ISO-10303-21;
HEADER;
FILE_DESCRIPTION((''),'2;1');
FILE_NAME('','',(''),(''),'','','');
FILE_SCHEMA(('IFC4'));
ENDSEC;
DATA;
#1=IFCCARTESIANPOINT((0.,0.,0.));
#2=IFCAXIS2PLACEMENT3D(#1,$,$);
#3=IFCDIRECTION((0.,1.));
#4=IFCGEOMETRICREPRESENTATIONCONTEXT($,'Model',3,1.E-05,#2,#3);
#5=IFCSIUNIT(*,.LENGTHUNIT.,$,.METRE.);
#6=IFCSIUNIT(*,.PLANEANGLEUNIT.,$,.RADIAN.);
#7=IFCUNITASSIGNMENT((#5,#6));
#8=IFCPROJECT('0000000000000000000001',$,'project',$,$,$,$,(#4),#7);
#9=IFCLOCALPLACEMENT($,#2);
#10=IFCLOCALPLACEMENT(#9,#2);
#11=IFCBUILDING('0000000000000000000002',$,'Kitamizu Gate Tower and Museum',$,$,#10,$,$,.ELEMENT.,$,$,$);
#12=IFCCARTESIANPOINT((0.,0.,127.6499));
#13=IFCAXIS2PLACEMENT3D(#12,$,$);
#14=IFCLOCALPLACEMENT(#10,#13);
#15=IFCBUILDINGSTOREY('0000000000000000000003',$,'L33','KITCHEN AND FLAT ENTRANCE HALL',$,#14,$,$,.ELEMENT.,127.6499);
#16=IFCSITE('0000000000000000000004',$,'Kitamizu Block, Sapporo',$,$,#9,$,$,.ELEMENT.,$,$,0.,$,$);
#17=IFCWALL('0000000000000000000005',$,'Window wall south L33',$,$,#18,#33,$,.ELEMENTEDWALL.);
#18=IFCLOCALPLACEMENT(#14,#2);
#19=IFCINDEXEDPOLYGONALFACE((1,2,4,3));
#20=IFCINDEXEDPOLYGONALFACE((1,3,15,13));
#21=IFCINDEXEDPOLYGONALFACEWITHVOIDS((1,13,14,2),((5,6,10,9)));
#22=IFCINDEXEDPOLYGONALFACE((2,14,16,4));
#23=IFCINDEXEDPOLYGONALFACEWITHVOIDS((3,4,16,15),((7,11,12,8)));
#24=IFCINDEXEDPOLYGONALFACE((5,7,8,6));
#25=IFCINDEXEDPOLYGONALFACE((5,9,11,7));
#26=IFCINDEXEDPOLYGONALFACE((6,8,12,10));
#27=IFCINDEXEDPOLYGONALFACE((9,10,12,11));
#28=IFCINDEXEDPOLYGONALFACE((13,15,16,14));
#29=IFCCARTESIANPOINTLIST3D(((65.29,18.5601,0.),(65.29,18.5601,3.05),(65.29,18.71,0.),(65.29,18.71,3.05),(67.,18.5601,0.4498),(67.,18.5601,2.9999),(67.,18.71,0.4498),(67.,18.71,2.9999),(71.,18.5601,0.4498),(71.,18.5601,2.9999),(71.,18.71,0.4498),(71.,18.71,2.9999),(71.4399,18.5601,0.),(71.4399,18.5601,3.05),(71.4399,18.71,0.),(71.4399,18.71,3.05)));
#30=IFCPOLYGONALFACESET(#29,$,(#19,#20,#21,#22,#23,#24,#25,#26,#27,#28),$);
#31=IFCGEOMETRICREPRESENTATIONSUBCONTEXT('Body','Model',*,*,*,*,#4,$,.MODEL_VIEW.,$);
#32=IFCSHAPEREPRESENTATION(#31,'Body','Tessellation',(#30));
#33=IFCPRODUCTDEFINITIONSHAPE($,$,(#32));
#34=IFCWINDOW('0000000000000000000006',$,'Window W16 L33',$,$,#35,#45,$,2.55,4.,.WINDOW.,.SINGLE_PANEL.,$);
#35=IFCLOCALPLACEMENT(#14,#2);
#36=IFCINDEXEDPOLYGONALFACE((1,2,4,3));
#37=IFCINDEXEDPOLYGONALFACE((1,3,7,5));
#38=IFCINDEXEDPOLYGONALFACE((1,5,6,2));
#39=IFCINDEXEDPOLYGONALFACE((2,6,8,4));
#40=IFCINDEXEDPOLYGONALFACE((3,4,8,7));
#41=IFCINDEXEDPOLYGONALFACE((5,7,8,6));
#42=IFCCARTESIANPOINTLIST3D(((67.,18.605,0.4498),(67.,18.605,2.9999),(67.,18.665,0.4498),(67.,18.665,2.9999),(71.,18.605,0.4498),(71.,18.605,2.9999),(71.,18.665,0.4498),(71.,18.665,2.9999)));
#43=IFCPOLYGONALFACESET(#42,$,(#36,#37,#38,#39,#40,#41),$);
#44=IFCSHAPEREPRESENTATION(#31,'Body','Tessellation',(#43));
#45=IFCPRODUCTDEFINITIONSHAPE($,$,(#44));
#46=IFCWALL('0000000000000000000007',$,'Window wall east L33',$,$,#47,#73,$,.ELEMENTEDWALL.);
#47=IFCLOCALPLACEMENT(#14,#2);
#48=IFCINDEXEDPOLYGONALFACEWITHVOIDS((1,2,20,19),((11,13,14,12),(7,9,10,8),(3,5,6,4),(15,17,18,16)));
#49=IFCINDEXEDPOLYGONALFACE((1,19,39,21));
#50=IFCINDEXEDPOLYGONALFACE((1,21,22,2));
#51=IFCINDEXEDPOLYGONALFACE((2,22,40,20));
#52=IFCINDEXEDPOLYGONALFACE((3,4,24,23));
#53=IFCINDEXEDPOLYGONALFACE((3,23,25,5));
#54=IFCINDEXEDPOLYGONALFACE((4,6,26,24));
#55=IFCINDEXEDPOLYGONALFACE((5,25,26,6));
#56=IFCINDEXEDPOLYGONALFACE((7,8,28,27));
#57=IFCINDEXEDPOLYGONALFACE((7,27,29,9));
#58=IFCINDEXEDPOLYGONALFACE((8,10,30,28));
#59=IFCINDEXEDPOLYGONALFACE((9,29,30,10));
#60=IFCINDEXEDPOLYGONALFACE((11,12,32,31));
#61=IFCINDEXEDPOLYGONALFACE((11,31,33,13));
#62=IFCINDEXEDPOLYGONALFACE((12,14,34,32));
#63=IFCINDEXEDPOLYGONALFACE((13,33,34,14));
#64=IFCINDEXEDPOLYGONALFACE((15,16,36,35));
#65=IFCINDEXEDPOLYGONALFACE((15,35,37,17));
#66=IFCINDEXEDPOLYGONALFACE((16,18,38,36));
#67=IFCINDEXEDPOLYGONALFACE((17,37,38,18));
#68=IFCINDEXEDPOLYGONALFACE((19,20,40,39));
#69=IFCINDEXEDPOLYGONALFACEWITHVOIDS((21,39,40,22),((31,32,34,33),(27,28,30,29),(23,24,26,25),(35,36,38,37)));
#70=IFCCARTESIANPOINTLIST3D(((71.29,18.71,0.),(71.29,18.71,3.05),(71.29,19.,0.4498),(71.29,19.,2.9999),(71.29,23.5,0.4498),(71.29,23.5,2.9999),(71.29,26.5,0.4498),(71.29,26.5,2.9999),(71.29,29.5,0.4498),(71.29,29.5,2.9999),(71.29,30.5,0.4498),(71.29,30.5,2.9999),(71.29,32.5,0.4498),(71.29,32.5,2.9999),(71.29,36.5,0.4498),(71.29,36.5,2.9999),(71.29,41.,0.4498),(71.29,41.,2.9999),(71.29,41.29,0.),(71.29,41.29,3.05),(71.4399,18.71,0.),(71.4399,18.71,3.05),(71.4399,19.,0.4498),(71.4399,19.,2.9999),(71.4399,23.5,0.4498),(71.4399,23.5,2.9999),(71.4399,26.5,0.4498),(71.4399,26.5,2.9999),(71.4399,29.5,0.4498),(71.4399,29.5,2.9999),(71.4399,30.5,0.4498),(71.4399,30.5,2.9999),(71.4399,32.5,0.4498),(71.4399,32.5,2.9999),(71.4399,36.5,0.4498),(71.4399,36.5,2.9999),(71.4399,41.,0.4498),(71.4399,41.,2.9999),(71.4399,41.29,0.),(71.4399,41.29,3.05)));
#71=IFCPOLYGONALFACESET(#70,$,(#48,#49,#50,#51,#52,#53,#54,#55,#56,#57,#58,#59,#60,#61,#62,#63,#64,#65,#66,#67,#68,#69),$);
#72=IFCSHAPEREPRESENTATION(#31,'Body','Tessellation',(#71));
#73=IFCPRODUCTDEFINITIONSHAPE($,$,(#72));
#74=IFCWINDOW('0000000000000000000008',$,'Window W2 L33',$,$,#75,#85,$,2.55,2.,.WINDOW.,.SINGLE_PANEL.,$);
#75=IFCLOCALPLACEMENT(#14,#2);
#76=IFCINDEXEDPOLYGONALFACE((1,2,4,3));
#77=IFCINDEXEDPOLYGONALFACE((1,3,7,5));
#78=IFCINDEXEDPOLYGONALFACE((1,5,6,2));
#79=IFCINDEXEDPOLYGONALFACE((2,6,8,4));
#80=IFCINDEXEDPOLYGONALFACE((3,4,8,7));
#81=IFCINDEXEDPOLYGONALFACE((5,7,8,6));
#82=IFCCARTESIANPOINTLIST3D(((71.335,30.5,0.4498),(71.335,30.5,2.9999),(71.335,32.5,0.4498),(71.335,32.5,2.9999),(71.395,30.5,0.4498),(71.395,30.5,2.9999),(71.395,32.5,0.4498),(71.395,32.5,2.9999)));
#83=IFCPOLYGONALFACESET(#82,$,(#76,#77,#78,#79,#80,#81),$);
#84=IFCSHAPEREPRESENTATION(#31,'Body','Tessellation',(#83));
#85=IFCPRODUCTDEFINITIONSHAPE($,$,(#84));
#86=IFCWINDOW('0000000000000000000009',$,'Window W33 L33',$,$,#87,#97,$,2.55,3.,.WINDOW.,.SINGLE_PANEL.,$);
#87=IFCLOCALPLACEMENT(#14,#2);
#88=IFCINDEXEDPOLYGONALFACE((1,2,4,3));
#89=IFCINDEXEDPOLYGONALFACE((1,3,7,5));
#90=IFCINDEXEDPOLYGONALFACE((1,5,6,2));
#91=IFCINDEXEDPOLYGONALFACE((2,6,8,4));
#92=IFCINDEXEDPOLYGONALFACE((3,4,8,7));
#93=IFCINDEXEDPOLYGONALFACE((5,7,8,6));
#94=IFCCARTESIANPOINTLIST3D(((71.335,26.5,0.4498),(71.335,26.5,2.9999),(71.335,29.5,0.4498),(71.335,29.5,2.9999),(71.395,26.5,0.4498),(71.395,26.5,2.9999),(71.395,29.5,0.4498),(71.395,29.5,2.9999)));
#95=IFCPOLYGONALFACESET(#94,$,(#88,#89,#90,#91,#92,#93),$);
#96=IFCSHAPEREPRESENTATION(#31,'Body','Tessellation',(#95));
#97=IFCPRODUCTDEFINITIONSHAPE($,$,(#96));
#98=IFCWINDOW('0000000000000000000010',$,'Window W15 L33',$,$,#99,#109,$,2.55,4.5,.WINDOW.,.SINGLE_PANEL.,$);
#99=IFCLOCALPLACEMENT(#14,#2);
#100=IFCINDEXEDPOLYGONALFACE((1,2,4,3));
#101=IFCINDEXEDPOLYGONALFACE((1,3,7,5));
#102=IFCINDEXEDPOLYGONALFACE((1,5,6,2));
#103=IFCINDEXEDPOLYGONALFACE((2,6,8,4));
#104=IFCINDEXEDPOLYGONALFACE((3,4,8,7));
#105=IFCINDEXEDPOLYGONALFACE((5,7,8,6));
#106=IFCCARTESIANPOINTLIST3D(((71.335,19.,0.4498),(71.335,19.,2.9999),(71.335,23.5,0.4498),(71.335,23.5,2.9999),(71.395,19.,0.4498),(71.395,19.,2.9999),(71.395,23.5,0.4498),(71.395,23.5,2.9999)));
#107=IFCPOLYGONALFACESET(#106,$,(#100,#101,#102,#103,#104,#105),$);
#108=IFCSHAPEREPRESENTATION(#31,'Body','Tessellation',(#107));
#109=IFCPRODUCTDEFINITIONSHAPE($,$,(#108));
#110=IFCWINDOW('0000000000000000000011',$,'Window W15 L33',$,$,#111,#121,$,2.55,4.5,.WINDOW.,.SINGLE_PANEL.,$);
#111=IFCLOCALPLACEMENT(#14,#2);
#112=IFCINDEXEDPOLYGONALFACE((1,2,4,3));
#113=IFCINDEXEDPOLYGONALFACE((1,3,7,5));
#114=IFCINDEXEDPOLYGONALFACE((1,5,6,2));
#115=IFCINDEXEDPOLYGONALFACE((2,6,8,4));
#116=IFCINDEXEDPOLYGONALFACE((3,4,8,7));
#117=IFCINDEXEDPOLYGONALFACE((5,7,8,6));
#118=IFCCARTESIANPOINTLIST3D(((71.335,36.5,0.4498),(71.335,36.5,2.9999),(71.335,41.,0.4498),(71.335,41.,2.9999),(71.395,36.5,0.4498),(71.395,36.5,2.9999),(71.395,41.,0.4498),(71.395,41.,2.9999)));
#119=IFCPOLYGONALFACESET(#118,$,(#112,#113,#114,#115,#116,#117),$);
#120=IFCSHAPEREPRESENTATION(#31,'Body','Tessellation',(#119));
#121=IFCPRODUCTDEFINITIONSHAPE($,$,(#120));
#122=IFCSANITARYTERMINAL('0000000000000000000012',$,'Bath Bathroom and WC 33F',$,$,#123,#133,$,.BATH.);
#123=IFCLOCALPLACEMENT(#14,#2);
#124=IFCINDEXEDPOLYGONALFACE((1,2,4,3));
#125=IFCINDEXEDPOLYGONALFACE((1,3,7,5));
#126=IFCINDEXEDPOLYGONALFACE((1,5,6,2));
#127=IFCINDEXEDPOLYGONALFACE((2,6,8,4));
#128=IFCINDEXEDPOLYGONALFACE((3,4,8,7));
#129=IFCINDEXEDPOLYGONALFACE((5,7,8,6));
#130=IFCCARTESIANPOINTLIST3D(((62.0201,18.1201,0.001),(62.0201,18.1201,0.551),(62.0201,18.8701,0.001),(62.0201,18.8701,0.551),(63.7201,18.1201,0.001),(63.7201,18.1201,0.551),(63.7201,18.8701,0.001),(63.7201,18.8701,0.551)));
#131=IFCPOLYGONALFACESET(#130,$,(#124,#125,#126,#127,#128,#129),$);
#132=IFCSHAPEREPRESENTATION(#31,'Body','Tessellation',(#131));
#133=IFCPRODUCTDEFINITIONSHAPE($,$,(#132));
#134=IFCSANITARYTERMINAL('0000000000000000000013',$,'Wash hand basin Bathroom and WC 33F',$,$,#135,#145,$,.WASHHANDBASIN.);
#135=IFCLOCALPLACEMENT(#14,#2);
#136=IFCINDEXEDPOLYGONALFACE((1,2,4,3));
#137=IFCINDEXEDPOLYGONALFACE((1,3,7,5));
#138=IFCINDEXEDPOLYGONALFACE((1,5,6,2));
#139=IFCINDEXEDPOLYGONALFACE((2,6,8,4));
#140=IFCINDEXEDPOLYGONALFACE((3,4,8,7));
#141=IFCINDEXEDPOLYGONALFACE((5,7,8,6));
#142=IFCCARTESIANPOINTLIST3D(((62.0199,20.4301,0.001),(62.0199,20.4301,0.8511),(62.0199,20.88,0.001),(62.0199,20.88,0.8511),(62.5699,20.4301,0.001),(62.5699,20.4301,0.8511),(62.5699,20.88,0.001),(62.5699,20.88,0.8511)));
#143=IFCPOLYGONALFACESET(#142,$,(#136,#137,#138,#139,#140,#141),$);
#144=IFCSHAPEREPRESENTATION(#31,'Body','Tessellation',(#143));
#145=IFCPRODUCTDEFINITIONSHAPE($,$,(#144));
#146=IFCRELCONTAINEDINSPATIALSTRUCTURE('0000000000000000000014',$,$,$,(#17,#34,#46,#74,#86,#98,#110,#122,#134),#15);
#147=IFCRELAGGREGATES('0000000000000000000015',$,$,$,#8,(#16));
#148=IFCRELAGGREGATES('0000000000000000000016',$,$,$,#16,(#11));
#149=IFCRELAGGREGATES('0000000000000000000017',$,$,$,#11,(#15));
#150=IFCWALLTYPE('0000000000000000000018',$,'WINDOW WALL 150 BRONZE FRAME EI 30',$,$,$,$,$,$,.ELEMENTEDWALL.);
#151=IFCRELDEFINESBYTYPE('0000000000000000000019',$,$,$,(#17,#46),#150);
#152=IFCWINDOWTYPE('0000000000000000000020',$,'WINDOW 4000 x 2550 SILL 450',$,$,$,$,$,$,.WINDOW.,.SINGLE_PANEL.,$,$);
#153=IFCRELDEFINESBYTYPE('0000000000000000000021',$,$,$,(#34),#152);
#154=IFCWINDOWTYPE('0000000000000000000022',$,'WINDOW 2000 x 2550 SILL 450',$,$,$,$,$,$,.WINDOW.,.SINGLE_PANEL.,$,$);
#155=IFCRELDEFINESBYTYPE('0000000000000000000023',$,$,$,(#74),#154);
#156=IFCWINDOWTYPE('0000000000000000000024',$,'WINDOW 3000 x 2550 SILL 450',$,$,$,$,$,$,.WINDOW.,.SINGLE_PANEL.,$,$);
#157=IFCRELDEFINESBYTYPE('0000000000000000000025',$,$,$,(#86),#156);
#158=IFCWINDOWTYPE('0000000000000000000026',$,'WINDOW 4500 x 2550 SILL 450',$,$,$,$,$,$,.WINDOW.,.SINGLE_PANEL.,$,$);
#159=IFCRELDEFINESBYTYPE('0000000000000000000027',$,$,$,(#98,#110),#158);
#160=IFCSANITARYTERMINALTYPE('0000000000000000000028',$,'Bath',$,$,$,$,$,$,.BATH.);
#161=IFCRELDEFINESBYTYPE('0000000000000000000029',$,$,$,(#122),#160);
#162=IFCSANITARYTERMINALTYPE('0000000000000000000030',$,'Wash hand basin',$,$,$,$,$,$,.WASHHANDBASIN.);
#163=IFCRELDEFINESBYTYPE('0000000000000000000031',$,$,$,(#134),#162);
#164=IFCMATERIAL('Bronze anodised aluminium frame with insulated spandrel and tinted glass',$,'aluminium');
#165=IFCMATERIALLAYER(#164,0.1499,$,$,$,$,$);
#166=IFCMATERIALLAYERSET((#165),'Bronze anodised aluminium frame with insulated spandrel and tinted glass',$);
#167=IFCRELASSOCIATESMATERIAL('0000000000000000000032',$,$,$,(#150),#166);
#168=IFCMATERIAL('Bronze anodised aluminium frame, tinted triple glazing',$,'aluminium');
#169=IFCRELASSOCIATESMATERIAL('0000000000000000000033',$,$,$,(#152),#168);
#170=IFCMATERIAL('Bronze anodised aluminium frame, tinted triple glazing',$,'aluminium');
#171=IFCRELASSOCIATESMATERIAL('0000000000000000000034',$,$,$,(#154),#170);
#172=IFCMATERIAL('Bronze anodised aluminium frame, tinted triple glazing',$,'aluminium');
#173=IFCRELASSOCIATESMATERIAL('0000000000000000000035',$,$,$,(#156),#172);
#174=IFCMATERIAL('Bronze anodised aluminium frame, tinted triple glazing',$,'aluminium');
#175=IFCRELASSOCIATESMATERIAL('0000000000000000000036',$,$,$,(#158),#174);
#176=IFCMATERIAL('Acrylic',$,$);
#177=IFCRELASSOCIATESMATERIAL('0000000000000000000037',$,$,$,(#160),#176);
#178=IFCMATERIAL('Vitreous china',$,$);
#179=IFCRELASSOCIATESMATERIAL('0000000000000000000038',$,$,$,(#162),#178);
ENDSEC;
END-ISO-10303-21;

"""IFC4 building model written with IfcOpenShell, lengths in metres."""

from ifc_helpers import new_model, si_unit, direction, frame, frame_2d, origin, origin_2d, place, context, subcontext, project, spatial, rectangle, extrude, material, layer, layer_set, type_object, element, fill, save


model = new_model("IFC4")

# Units and contexts
model_context = context("Model", 3, precision=1e-05, world=origin(), true_north=direction((0.0, 1.0)))
body_context = subcontext(model_context, "Body", "Model", "MODEL_VIEW")
ifc_project = project(units=[si_unit("LENGTHUNIT", "METRE"), si_unit("PLANEANGLEUNIT", "RADIAN")], contexts=[model_context])

# Site, building, storey
site_placement = place(None, origin())
site = spatial("IfcSite", under=ifc_project, at=site_placement, Name="Kitamizu Block, Sapporo", CompositionType="ELEMENT", RefElevation=0.0)
building_placement = place(site_placement, origin())
building = spatial("IfcBuilding", under=site, at=building_placement, Name="Kitamizu Gate Tower and Museum", CompositionType="ELEMENT")
storey_placement = place(building_placement, frame((0.0, 0.0, 127.6499)))
storey = spatial("IfcBuildingStorey", under=building, at=storey_placement, Name="L33", Description="KITCHEN AND FLAT ENTRANCE HALL", CompositionType="ELEMENT", Elevation=127.6499)

# Wall, opening, window
ifc_material_1 = material(Name="Bronze anodised aluminium frame with insulated spandrel and tinted glass", Category="aluminium")
ifc_layer_1 = layer(ifc_material_1, 0.1499)
ifc_layer_set_1 = layer_set([ifc_layer_1], Name="Bronze anodised aluminium frame with insulated spandrel and tinted glass")
wall_type_1 = type_object("IfcWallType", Name="WINDOW WALL 150 BRONZE FRAME EI 30", PredefinedType="ELEMENTEDWALL", material=ifc_layer_set_1)
ifc_material_2 = material(Name="Bronze anodised aluminium frame, tinted triple glazing", Category="aluminium")
window_type_1 = type_object("IfcWindowType", Name="WINDOW 4000 x 2550 SILL 450", PartitioningType="SINGLE_PANEL", PredefinedType="WINDOW", material=ifc_material_2)
wall_1_placement = place(storey_placement, frame((65.29, 18.635, 0.0), z_axis=(0.0, 0.0, 1.0), x_axis=(1.0, 0.0, 0.0)))
wall_1 = element("IfcWall", 1, at=wall_1_placement, inside=storey, type_object=wall_type_1, Name="Window wall south L33", PredefinedType="ELEMENTEDWALL", context=body_context, shape_type="SweptSolid", body=[
    extrude(rectangle(XDim=6.1499, YDim=0.1499, at=frame_2d((3.075, 0.0))), origin(), (0.0, 0.0, 1.0), 3.05),
])
opening_1_placement = place(wall_1_placement, frame((1.71, 0.0, 0.45)))
opening_1 = element("IfcOpeningElement", 2, at=opening_1_placement, cuts=wall_1, PredefinedType="OPENING", context=body_context, shape_type="SweptSolid", body=[
    extrude(rectangle(XDim=4.0, YDim=2.55, at=frame_2d((2.0, 1.2749))), frame((0.0, 0.085, 0.0), z_axis=(0.0, -1.0, 0.0), x_axis=(1.0, 0.0, 0.0)), (0.0, 0.0, 1.0), 0.1699),
])
window_1_placement = place(opening_1_placement, origin())
window_1 = element("IfcWindow", 3, at=window_1_placement, inside=storey, type_object=window_type_1, Name="Window W16 L33", OverallHeight=2.55, OverallWidth=4.0, PartitioningType="SINGLE_PANEL", PredefinedType="WINDOW", context=body_context, shape_type="SweptSolid", body=[
    extrude(rectangle(XDim=4.0, YDim=2.55, at=frame_2d((2.0, 1.2749))), frame((0.0, 0.03, 0.0), z_axis=(0.0, -1.0, 0.0), x_axis=(1.0, 0.0, 0.0)), (0.0, 0.0, 1.0), 0.0601),
])
fill(opening_1, window_1)

# Wall, openings, windows
wall_2_placement = place(storey_placement, frame((71.365, 18.71, 0.0), z_axis=(0.0, 0.0, 1.0), x_axis=(0.0, 1.0, 0.0)))
wall_2 = element("IfcWall", 4, at=wall_2_placement, inside=storey, type_object=wall_type_1, Name="Window wall east L33", PredefinedType="ELEMENTEDWALL", context=body_context, shape_type="SweptSolid", body=[
    extrude(rectangle(XDim=22.5801, YDim=0.1499, at=frame_2d((11.29, 0.0))), origin(), (0.0, 0.0, 1.0), 3.05),
])
opening_2_placement = place(wall_2_placement, frame((0.29, 0.0, 0.45)))
opening_2 = element("IfcOpeningElement", 5, at=opening_2_placement, cuts=wall_2, PredefinedType="OPENING", context=body_context, shape_type="SweptSolid", body=[
    extrude(rectangle(XDim=4.5, YDim=2.55, at=frame_2d((2.25, 1.2749))), frame((0.0, 0.085, 0.0), z_axis=(0.0, -1.0, 0.0), x_axis=(1.0, 0.0, 0.0)), (0.0, 0.0, 1.0), 0.1699),
])
opening_3_placement = place(wall_2_placement, frame((7.79, 0.0, 0.45)))
opening_3 = element("IfcOpeningElement", 6, at=opening_3_placement, cuts=wall_2, PredefinedType="OPENING", context=body_context, shape_type="SweptSolid", body=[
    extrude(rectangle(XDim=3.0, YDim=2.55, at=frame_2d((1.5, 1.2749))), frame((0.0, 0.085, 0.0), z_axis=(0.0, -1.0, 0.0), x_axis=(1.0, 0.0, 0.0)), (0.0, 0.0, 1.0), 0.1699),
])
opening_4_placement = place(wall_2_placement, frame((11.79, 0.0, 0.45)))
opening_4 = element("IfcOpeningElement", 7, at=opening_4_placement, cuts=wall_2, PredefinedType="OPENING", context=body_context, shape_type="SweptSolid", body=[
    extrude(rectangle(XDim=2.0, YDim=2.55, at=frame_2d((1.0, 1.2749))), frame((0.0, 0.085, 0.0), z_axis=(0.0, -1.0, 0.0), x_axis=(1.0, 0.0, 0.0)), (0.0, 0.0, 1.0), 0.1699),
])
opening_5_placement = place(wall_2_placement, frame((17.79, 0.0, 0.45)))
opening_5 = element("IfcOpeningElement", 8, at=opening_5_placement, cuts=wall_2, PredefinedType="OPENING", context=body_context, shape_type="SweptSolid", body=[
    extrude(rectangle(XDim=4.5, YDim=2.55, at=frame_2d((2.25, 1.2749))), frame((0.0, 0.085, 0.0), z_axis=(0.0, -1.0, 0.0), x_axis=(1.0, 0.0, 0.0)), (0.0, 0.0, 1.0), 0.1699),
])
ifc_material_3 = material(Name="Bronze anodised aluminium frame, tinted triple glazing", Category="aluminium")
window_type_2 = type_object("IfcWindowType", Name="WINDOW 2000 x 2550 SILL 450", PartitioningType="SINGLE_PANEL", PredefinedType="WINDOW", material=ifc_material_3)
window_2_placement = place(opening_4_placement, origin())
window_2 = element("IfcWindow", 9, at=window_2_placement, inside=storey, type_object=window_type_2, Name="Window W2 L33", OverallHeight=2.55, OverallWidth=2.0, PartitioningType="SINGLE_PANEL", PredefinedType="WINDOW", context=body_context, shape_type="SweptSolid", body=[
    extrude(rectangle(XDim=2.0, YDim=2.55, at=frame_2d((1.0, 1.2749))), frame((0.0, 0.03, 0.0), z_axis=(0.0, -1.0, 0.0), x_axis=(1.0, 0.0, 0.0)), (0.0, 0.0, 1.0), 0.0601),
])
fill(opening_4, window_2)
ifc_material_4 = material(Name="Bronze anodised aluminium frame, tinted triple glazing", Category="aluminium")
window_type_3 = type_object("IfcWindowType", Name="WINDOW 3000 x 2550 SILL 450", PartitioningType="SINGLE_PANEL", PredefinedType="WINDOW", material=ifc_material_4)
window_3_placement = place(opening_3_placement, origin())
window_3 = element("IfcWindow", 10, at=window_3_placement, inside=storey, type_object=window_type_3, Name="Window W33 L33", OverallHeight=2.55, OverallWidth=3.0, PartitioningType="SINGLE_PANEL", PredefinedType="WINDOW", context=body_context, shape_type="SweptSolid", body=[
    extrude(rectangle(XDim=3.0, YDim=2.55, at=frame_2d((1.5, 1.2749))), frame((0.0, 0.03, 0.0), z_axis=(0.0, -1.0, 0.0), x_axis=(1.0, 0.0, 0.0)), (0.0, 0.0, 1.0), 0.0601),
])
fill(opening_3, window_3)
ifc_material_5 = material(Name="Bronze anodised aluminium frame, tinted triple glazing", Category="aluminium")
window_type_4 = type_object("IfcWindowType", Name="WINDOW 4500 x 2550 SILL 450", PartitioningType="SINGLE_PANEL", PredefinedType="WINDOW", material=ifc_material_5)
window_4_placement = place(opening_2_placement, origin())
window_4 = element("IfcWindow", 11, at=window_4_placement, inside=storey, type_object=window_type_4, Name="Window W15 L33", OverallHeight=2.55, OverallWidth=4.5, PartitioningType="SINGLE_PANEL", PredefinedType="WINDOW", context=body_context, shape_type="SweptSolid", body=[
    extrude(rectangle(XDim=4.5, YDim=2.55, at=frame_2d((2.25, 1.2749))), frame((0.0, 0.03, 0.0), z_axis=(0.0, -1.0, 0.0), x_axis=(1.0, 0.0, 0.0)), (0.0, 0.0, 1.0), 0.0601),
])
fill(opening_2, window_4)
window_5_placement = place(opening_5_placement, origin())
window_5 = element("IfcWindow", 12, at=window_5_placement, inside=storey, type_object=window_type_4, Name="Window W15 L33", OverallHeight=2.55, OverallWidth=4.5, PartitioningType="SINGLE_PANEL", PredefinedType="WINDOW", context=body_context, shape_type="SweptSolid", body=[
    extrude(rectangle(XDim=4.5, YDim=2.55, at=frame_2d((2.25, 1.2749))), frame((0.0, 0.03, 0.0), z_axis=(0.0, -1.0, 0.0), x_axis=(1.0, 0.0, 0.0)), (0.0, 0.0, 1.0), 0.0601),
])
fill(opening_5, window_5)

# Sanitary terminals
ifc_material_6 = material(Name="Acrylic")
sanitary_terminal_type_1 = type_object("IfcSanitaryTerminalType", Name="Bath", PredefinedType="BATH", material=ifc_material_6)
sanitary_terminal_1_placement = place(storey_placement, frame((62.8701, 18.4951, 0.001), z_axis=(0.0, 0.0, 1.0), x_axis=(1.0, 0.0, 0.0)))
element("IfcSanitaryTerminal", 13, at=sanitary_terminal_1_placement, inside=storey, type_object=sanitary_terminal_type_1, Name="Bath Bathroom and WC 33F", PredefinedType="BATH", context=body_context, shape_type="SweptSolid", body=[
    extrude(rectangle(XDim=1.7, YDim=0.75, at=origin_2d()), origin(), (0.0, 0.0, 1.0), 0.55),
])
ifc_material_7 = material(Name="Vitreous china")
sanitary_terminal_type_2 = type_object("IfcSanitaryTerminalType", Name="Wash hand basin", PredefinedType="WASHHANDBASIN", material=ifc_material_7)
sanitary_terminal_2_placement = place(storey_placement, frame((62.2949, 20.655, 0.001), z_axis=(0.0, 0.0, 1.0), x_axis=(1.0, 0.0, 0.0)))
element("IfcSanitaryTerminal", 14, at=sanitary_terminal_2_placement, inside=storey, type_object=sanitary_terminal_type_2, Name="Wash hand basin Bathroom and WC 33F", PredefinedType="WASHHANDBASIN", context=body_context, shape_type="SweptSolid", body=[
    extrude(rectangle(XDim=0.55, YDim=0.45, at=origin_2d()), origin(), (0.0, 0.0, 1.0), 0.8501),
])

save(model, "model.ifc")
